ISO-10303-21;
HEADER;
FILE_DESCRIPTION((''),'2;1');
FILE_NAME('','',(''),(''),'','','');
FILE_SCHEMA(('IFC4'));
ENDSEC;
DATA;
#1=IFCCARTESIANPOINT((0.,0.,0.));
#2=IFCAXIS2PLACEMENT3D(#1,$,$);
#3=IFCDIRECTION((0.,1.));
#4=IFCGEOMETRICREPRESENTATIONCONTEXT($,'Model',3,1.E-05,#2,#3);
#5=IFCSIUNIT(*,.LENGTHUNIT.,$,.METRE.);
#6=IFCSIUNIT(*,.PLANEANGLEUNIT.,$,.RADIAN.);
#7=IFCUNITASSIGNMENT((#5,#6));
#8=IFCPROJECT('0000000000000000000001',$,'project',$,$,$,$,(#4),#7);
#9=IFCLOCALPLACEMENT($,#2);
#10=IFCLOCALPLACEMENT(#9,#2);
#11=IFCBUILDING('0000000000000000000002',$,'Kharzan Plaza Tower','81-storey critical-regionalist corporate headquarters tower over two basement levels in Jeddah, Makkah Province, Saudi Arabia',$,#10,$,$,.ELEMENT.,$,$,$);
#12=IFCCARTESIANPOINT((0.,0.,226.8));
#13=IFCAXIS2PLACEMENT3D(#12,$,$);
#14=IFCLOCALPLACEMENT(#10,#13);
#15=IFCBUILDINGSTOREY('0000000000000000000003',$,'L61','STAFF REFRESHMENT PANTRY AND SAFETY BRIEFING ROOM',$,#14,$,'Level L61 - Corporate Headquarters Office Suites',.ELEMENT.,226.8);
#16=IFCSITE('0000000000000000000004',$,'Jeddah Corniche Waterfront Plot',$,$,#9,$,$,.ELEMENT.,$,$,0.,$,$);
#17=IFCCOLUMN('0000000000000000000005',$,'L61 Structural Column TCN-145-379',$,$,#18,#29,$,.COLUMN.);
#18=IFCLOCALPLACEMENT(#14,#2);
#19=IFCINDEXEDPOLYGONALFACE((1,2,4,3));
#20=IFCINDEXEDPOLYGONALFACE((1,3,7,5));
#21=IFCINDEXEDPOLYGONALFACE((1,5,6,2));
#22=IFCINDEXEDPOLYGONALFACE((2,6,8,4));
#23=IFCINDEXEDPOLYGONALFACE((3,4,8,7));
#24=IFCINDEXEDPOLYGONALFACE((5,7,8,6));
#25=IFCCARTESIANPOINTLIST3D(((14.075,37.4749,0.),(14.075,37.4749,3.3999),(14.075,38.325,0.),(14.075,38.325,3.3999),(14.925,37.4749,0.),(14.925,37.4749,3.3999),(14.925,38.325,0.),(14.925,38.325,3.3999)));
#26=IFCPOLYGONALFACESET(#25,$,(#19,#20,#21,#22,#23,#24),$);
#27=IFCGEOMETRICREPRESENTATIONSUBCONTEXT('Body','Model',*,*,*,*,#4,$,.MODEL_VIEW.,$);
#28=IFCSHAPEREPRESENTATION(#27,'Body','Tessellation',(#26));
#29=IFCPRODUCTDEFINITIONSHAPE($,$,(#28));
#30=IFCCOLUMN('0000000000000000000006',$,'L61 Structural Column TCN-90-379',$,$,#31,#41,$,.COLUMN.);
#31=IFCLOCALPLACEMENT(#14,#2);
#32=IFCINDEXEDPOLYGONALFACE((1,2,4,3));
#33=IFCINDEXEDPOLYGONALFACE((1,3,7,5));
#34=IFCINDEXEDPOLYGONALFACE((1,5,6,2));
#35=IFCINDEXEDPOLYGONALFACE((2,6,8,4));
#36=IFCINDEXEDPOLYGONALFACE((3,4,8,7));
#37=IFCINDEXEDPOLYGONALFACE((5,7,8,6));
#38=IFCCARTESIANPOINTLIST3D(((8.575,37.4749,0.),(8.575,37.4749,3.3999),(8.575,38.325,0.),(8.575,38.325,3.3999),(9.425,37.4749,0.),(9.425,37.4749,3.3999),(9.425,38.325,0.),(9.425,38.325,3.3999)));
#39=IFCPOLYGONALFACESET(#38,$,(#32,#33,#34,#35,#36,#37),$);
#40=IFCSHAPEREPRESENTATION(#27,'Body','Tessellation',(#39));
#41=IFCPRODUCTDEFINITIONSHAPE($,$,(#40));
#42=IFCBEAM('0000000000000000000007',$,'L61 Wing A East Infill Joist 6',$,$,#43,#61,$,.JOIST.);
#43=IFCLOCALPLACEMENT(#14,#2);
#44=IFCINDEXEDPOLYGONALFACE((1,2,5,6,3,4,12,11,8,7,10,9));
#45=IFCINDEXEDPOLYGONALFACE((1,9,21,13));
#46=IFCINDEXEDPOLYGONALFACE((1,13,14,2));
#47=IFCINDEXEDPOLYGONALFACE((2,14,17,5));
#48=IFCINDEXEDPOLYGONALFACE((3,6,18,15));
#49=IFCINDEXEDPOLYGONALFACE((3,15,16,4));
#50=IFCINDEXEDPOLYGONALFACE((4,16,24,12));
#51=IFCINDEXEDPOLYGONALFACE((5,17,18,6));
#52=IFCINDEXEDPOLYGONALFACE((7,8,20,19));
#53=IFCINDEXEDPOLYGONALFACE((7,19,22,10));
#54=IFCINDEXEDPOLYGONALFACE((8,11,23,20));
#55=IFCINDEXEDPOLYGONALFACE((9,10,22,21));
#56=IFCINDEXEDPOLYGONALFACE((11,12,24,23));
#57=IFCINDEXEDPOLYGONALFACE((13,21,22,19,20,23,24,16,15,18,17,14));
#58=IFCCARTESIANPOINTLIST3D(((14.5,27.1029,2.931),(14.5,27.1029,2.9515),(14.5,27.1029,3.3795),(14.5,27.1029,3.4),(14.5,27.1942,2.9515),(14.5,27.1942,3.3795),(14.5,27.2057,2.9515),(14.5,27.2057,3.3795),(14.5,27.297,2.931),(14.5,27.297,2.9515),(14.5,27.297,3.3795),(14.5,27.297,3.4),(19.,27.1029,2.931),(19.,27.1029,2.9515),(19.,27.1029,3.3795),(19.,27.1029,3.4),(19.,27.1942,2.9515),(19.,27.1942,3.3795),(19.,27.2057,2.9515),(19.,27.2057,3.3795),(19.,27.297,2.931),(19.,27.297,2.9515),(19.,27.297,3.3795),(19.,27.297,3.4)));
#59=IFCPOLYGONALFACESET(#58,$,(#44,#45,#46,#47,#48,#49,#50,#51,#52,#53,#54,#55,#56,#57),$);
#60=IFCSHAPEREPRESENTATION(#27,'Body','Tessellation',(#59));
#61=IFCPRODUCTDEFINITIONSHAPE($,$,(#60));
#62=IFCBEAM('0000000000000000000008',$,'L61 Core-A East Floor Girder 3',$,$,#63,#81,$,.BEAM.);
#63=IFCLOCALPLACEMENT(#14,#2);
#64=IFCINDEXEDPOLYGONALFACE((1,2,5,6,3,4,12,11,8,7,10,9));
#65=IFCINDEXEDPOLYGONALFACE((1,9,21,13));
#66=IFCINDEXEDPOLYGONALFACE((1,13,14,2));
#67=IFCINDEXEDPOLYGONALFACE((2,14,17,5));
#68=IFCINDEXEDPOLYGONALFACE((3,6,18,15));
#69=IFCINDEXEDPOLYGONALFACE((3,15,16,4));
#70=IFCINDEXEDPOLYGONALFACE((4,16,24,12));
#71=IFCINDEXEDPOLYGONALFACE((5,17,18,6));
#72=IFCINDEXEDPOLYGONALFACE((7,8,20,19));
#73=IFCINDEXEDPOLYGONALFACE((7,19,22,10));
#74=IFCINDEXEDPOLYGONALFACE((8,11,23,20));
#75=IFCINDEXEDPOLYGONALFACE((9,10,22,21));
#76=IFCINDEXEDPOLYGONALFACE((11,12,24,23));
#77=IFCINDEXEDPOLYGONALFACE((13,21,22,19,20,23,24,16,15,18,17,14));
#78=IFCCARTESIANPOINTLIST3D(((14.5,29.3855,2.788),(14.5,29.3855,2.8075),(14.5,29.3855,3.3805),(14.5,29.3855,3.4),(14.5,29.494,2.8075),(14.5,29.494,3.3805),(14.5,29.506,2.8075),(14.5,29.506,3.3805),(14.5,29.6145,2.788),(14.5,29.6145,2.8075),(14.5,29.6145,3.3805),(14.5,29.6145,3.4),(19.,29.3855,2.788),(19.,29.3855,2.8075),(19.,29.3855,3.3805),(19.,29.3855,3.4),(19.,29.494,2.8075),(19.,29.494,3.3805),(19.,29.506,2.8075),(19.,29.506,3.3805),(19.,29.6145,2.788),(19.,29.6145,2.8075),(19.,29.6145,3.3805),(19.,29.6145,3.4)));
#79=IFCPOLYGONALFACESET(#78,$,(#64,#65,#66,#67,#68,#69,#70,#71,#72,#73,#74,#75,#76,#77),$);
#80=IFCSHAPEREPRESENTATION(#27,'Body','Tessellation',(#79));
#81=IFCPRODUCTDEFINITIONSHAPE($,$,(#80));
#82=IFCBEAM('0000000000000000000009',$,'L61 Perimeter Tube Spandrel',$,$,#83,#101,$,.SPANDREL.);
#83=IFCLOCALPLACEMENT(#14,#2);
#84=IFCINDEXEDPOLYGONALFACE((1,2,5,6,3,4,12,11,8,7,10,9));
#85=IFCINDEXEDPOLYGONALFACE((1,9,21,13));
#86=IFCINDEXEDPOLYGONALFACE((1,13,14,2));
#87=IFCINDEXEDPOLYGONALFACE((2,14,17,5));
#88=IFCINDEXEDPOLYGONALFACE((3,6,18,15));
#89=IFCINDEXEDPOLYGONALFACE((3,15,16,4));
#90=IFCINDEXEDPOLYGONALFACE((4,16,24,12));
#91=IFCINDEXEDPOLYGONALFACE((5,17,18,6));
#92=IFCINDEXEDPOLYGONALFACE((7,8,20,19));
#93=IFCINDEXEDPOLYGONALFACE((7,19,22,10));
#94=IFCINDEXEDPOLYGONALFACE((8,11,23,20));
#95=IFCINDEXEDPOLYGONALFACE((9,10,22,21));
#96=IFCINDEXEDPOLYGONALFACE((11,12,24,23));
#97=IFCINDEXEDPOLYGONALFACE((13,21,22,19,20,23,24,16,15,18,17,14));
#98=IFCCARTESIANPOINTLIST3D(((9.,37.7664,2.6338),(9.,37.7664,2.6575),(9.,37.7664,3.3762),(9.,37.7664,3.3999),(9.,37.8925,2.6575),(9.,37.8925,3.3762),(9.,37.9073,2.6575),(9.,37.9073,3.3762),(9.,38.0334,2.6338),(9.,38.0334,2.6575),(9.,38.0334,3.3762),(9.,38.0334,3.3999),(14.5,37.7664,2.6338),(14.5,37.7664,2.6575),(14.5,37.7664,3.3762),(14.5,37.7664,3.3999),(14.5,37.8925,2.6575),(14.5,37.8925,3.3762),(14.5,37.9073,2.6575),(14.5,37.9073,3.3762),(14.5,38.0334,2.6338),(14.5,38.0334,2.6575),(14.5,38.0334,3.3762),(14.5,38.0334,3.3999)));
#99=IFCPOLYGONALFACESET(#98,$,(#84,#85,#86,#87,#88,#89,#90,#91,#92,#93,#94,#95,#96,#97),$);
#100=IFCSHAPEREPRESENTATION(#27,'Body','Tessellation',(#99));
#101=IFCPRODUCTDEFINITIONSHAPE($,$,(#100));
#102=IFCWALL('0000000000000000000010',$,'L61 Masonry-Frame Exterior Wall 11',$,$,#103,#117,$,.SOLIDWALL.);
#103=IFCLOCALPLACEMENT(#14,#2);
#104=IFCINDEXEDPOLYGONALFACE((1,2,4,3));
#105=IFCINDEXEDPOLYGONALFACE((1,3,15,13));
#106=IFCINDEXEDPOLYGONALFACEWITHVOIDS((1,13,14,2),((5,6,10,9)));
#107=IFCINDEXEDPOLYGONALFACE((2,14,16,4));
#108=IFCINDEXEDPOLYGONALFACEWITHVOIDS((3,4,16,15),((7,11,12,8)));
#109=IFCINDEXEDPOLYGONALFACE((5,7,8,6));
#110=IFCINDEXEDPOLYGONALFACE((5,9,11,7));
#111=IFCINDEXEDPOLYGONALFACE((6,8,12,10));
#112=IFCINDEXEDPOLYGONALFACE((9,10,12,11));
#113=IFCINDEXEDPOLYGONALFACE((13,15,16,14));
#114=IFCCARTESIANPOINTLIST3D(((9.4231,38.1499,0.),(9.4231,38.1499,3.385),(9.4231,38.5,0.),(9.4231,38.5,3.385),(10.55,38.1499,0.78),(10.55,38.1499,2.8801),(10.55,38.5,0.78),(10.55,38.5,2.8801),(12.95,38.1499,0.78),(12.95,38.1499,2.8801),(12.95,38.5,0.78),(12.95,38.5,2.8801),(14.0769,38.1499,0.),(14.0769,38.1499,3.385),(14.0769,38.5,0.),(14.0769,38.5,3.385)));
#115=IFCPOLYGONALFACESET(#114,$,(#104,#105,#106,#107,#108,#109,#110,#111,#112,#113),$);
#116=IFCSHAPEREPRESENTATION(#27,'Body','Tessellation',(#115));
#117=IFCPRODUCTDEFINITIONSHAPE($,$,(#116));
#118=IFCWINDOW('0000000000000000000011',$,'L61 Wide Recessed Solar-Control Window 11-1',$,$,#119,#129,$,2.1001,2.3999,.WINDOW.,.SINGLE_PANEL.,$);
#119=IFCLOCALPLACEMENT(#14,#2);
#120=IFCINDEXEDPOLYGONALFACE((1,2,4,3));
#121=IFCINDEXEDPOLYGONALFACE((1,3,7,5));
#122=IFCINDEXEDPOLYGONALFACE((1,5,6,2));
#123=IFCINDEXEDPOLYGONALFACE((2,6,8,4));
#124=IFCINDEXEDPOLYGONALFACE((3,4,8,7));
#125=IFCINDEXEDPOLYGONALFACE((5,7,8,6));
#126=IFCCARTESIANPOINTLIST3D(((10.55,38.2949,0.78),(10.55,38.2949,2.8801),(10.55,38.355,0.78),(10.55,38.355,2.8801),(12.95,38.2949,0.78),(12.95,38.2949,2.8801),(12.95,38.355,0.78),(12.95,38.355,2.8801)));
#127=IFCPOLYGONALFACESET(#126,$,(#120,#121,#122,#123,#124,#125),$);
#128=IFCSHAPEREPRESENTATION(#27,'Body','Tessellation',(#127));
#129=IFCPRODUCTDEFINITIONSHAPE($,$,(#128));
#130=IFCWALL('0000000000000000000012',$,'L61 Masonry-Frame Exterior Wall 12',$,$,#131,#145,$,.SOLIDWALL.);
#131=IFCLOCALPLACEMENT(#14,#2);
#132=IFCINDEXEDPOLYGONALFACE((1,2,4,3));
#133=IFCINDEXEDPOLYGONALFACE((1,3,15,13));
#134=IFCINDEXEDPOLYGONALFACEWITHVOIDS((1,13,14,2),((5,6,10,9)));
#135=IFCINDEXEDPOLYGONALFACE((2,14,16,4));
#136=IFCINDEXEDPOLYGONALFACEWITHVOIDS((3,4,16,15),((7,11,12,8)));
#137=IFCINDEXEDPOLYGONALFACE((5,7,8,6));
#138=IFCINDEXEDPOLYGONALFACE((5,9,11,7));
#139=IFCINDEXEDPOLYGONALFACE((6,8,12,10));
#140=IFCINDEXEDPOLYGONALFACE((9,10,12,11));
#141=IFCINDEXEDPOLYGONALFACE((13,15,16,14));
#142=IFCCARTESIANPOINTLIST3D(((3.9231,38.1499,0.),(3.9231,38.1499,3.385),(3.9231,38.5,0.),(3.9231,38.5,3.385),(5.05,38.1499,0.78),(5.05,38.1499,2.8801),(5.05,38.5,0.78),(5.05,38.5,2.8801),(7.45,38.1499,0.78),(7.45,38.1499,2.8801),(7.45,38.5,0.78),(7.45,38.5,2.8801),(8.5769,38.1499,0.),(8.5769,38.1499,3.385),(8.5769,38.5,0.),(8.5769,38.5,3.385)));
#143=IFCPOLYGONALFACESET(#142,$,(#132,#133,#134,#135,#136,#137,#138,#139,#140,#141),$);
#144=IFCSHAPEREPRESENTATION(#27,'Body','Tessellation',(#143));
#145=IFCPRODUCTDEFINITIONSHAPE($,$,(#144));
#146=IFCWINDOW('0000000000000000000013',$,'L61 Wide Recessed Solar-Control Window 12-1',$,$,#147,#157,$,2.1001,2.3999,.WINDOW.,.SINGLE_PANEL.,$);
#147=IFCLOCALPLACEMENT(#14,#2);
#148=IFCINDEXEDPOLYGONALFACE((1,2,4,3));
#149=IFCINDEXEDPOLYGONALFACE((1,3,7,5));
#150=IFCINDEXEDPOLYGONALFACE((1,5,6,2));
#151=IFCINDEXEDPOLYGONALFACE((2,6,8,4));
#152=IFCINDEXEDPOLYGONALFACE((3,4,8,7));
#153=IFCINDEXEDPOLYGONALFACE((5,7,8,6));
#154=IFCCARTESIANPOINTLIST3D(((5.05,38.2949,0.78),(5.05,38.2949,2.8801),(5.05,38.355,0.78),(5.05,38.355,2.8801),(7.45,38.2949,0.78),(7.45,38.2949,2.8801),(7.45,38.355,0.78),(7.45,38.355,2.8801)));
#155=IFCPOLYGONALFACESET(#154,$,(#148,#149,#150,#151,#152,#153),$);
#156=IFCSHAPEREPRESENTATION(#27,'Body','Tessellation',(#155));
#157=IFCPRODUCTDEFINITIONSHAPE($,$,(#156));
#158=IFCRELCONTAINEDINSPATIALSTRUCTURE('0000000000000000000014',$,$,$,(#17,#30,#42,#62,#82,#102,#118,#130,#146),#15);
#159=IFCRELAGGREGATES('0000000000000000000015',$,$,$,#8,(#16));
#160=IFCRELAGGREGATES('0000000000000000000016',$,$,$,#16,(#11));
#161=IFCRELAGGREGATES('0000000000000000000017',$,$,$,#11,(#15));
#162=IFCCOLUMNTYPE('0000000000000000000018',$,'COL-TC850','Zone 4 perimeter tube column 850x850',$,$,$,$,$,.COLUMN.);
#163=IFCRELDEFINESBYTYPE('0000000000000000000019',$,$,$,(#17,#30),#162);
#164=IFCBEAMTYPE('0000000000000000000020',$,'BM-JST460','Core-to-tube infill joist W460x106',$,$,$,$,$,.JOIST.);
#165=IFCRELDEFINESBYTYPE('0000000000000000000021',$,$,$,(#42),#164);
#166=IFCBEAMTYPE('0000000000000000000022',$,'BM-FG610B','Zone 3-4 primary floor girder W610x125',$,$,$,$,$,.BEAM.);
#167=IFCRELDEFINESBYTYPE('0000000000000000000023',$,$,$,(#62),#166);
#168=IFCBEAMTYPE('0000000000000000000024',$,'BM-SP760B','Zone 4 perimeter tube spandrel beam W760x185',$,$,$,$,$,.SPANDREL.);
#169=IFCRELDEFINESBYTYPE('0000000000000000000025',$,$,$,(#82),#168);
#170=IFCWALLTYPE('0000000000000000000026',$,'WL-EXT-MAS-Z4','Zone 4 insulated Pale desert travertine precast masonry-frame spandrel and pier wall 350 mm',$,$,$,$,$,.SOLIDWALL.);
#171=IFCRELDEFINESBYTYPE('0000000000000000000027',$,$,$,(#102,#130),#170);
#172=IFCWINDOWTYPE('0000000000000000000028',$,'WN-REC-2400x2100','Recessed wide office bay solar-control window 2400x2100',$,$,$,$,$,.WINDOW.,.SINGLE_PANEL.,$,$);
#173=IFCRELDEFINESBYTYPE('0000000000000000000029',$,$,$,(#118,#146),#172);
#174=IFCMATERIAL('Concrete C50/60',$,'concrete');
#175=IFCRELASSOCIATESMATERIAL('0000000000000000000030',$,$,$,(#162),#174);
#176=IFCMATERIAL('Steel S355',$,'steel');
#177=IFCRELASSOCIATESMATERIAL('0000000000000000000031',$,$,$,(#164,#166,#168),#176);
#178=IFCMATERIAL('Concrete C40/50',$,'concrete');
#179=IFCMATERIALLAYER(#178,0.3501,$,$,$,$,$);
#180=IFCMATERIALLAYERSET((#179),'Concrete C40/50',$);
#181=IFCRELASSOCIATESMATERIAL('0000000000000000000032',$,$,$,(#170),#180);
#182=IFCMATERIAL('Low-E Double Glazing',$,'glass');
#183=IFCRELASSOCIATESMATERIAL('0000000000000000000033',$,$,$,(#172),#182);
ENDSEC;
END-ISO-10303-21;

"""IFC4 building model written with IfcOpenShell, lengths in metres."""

from ifc_helpers import new_model, si_unit, direction, frame, frame_2d, origin, origin_2d, place, context, subcontext, project, spatial, rectangle, i_section, extrude, source, transform, mapped, material, layer, layer_set, material_profile, profile_set, type_object, element, fill, save


model = new_model("IFC4")

# Units and contexts
model_context = context("Model", 3, precision=1e-05, world=origin(), true_north=direction((0.0, 1.0)))
body_context = subcontext(model_context, "Body", "Model", "MODEL_VIEW")
ifc_project = project(units=[si_unit("LENGTHUNIT", "METRE"), si_unit("PLANEANGLEUNIT", "RADIAN")], contexts=[model_context])

# Site, building, storey
site_placement = place(None, origin())
site = spatial("IfcSite", under=ifc_project, at=site_placement, Name="Jeddah Corniche Waterfront Plot", CompositionType="ELEMENT", RefElevation=0.0)
building_placement = place(site_placement, origin())
building = spatial("IfcBuilding", under=site, at=building_placement, Name="Kharzan Plaza Tower", Description="81-storey critical-regionalist corporate headquarters tower over two basement levels in Jeddah, Makkah Province, Saudi Arabia", CompositionType="ELEMENT")
storey_placement = place(building_placement, frame((0.0, 0.0, 226.8)))
storey = spatial("IfcBuildingStorey", under=building, at=storey_placement, Name="L61", Description="STAFF REFRESHMENT PANTRY AND SAFETY BRIEFING ROOM", LongName="Level L61 - Corporate Headquarters Office Suites", CompositionType="ELEMENT", Elevation=226.8)

# Columns
ifc_material_1 = material(Name="Concrete C50/60", Category="concrete")
ifc_material_profile_1 = material_profile(ifc_material_1, rectangle(XDim=0.8501, YDim=0.8501, at=origin_2d()), Name="RC-TC850x850")
ifc_profile_set_1 = profile_set([ifc_material_profile_1], Name="Concrete C50/60")
column_type = type_object("IfcColumnType", Name="COL-TC850", Description="Zone 4 perimeter tube column 850x850", PredefinedType="COLUMN", material=ifc_profile_set_1)
shared_shape_1 = source(origin(), body_context, "Body", "SweptSolid", [
    extrude(rectangle(XDim=0.8501, YDim=0.8501, at=origin_2d()), origin(), (0.0, 0.0, 1.0), 3.3999),
])
for number, where, z_axis, x_axis, name in (
    (1, (14.5, 37.8999, 0.0), (0.0, 0.0, 1.0), (1.0, 0.0, 0.0), "L61 Structural Column TCN-145-379"),
    (2, (9.0, 37.8999, 0.0), (0.0, 0.0, 1.0), (1.0, 0.0, 0.0), "L61 Structural Column TCN-90-379"),
):
    element("IfcColumn", number, at=place(storey_placement, frame(where, z_axis=z_axis, x_axis=x_axis)), inside=storey, type_object=column_type, Name=name, PredefinedType="COLUMN", context=body_context, shape_type="MappedRepresentation", body=[
        mapped(shared_shape_1, transform((0.0, 0.0, 0.0), x_axis=(1.0, 0.0, 0.0), y_axis=(0.0, 1.0, 0.0), z_axis=(0.0, 0.0, 1.0))),
    ])

# Beams
ifc_material_2 = material(Name="Steel S355", Category="steel")
ifc_material_profile_2 = material_profile(ifc_material_2, i_section(OverallWidth=0.1941, OverallDepth=0.469, WebThickness=0.0115, FlangeThickness=0.0205, at=origin_2d()), Name="W460x106")
ifc_profile_set_2 = profile_set([ifc_material_profile_2], Name="Steel S355")
beam_type_1 = type_object("IfcBeamType", Name="BM-JST460", Description="Core-to-tube infill joist W460x106", PredefinedType="JOIST", material=ifc_profile_set_2)
shared_shape_2 = source(origin(), body_context, "Body", "SweptSolid", [
    extrude(i_section(OverallWidth=0.1941, OverallDepth=0.469, WebThickness=0.0115, FlangeThickness=0.0205, at=origin_2d()), origin(), (0.0, 0.0, 1.0), 4.5),
])
beam_1_placement = place(storey_placement, frame((14.5, 27.2, 3.1655), z_axis=(1.0, 0.0, 0.0), x_axis=(0.0, 1.0, 0.0)))
element("IfcBeam", 3, at=beam_1_placement, inside=storey, type_object=beam_type_1, Name="L61 Wing A East Infill Joist 6", PredefinedType="JOIST", context=body_context, shape_type="MappedRepresentation", body=[
    mapped(shared_shape_2, transform((0.0, 0.0, 0.0), x_axis=(1.0, 0.0, 0.0), y_axis=(0.0, 1.0, 0.0), z_axis=(0.0, 0.0, 1.0))),
])
ifc_material_profile_3 = material_profile(ifc_material_2, i_section(OverallWidth=0.229, OverallDepth=0.6121, WebThickness=0.012, FlangeThickness=0.0195, at=origin_2d()), Name="W610x125")
ifc_profile_set_3 = profile_set([ifc_material_profile_3], Name="Steel S355")
beam_type_2 = type_object("IfcBeamType", Name="BM-FG610B", Description="Zone 3-4 primary floor girder W610x125", PredefinedType="BEAM", material=ifc_profile_set_3)
shared_shape_3 = source(origin(), body_context, "Body", "SweptSolid", [
    extrude(i_section(OverallWidth=0.229, OverallDepth=0.6121, WebThickness=0.012, FlangeThickness=0.0195, at=origin_2d()), origin(), (0.0, 0.0, 1.0), 4.5),
])
beam_2_placement = place(storey_placement, frame((14.5, 29.5, 3.094), z_axis=(1.0, 0.0, 0.0), x_axis=(0.0, 1.0, 0.0)))
element("IfcBeam", 4, at=beam_2_placement, inside=storey, type_object=beam_type_2, Name="L61 Core-A East Floor Girder 3", PredefinedType="BEAM", context=body_context, shape_type="MappedRepresentation", body=[
    mapped(shared_shape_3, transform((0.0, 0.0, 0.0), x_axis=(1.0, 0.0, 0.0), y_axis=(0.0, 1.0, 0.0), z_axis=(0.0, 0.0, 1.0))),
])
ifc_material_profile_4 = material_profile(ifc_material_2, i_section(OverallWidth=0.2671, OverallDepth=0.7661, WebThickness=0.0149, FlangeThickness=0.0237, at=origin_2d()), Name="W760x185")
ifc_profile_set_4 = profile_set([ifc_material_profile_4], Name="Steel S355")
beam_type_3 = type_object("IfcBeamType", Name="BM-SP760B", Description="Zone 4 perimeter tube spandrel beam W760x185", PredefinedType="SPANDREL", material=ifc_profile_set_4)
shared_shape_4 = source(origin(), body_context, "Body", "SweptSolid", [
    extrude(i_section(OverallWidth=0.2671, OverallDepth=0.7661, WebThickness=0.0149, FlangeThickness=0.0237, at=origin_2d()), origin(), (0.0, 0.0, 1.0), 5.5),
])
beam_3_placement = place(storey_placement, frame((9.0, 37.8999, 3.0168), z_axis=(1.0, 0.0, 0.0), x_axis=(0.0, 1.0, 0.0)))
element("IfcBeam", 5, at=beam_3_placement, inside=storey, type_object=beam_type_3, Name="L61 Perimeter Tube Spandrel", PredefinedType="SPANDREL", context=body_context, shape_type="MappedRepresentation", body=[
    mapped(shared_shape_4, transform((0.0, 0.0, 0.0), x_axis=(1.0, 0.0, 0.0), y_axis=(0.0, 1.0, 0.0), z_axis=(0.0, 0.0, 1.0))),
])

# Walls, openings, windows
ifc_material_3 = material(Name="Concrete C40/50", Category="concrete")
ifc_layer_1 = layer(ifc_material_3, 0.3501)
ifc_layer_set_1 = layer_set([ifc_layer_1], Name="Concrete C40/50")
wall_type_1 = type_object("IfcWallType", Name="WL-EXT-MAS-Z4", Description="Zone 4 insulated Pale desert travertine precast masonry-frame spandrel and pier wall 350 mm", PredefinedType="SOLIDWALL", material=ifc_layer_set_1)
wall_1_placement = place(storey_placement, frame((14.0769, 38.325, 0.0), z_axis=(0.0, 0.0, 1.0), x_axis=(-1.0, 0.0, 0.0)))
wall_1 = element("IfcWall", 6, at=wall_1_placement, inside=storey, type_object=wall_type_1, Name="L61 Masonry-Frame Exterior Wall 11", PredefinedType="SOLIDWALL", context=body_context, shape_type="SweptSolid", body=[
    extrude(rectangle(XDim=4.6538, YDim=0.3501, at=frame_2d((2.3269, 0.0))), origin(), (0.0, 0.0, 1.0), 3.385),
])
opening_1_placement = place(wall_1_placement, frame((1.127, 0.0, 0.78)))
opening_1 = element("IfcOpeningElement", 7, at=opening_1_placement, cuts=wall_1, PredefinedType="OPENING", context=body_context, shape_type="SweptSolid", body=[
    extrude(rectangle(XDim=2.3999, YDim=2.1001, at=frame_2d((1.2, 1.05))), frame((0.0, 0.1851, 0.0), z_axis=(0.0, -1.0, 0.0), x_axis=(1.0, 0.0, 0.0)), (0.0, 0.0, 1.0), 0.3701),
])
ifc_material_4 = material(Name="Low-E Double Glazing", Category="glass")
window_type = type_object("IfcWindowType", Name="WN-REC-2400x2100", Description="Recessed wide office bay solar-control window 2400x2100", PartitioningType="SINGLE_PANEL", PredefinedType="WINDOW", material=ifc_material_4)
shared_shape_5 = source(origin(), body_context, "Body", "SweptSolid", [
    extrude(rectangle(XDim=2.3999, YDim=2.1001, at=frame_2d((1.2, 1.05))), frame((0.0, 0.03, 0.0), z_axis=(0.0, -1.0, 0.0), x_axis=(1.0, 0.0, 0.0)), (0.0, 0.0, 1.0), 0.0601),
])
window_1_placement = place(opening_1_placement, origin())
window_1 = element("IfcWindow", 8, at=window_1_placement, inside=storey, type_object=window_type, Name="L61 Wide Recessed Solar-Control Window 11-1", OverallHeight=2.1001, OverallWidth=2.3999, PartitioningType="SINGLE_PANEL", PredefinedType="WINDOW", context=body_context, shape_type="MappedRepresentation", body=[
    mapped(shared_shape_5, transform((0.0, 0.0, 0.0), x_axis=(1.0, 0.0, 0.0), y_axis=(0.0, 1.0, 0.0), z_axis=(0.0, 0.0, 1.0))),
])
fill(opening_1, window_1)
wall_2_placement = place(storey_placement, frame((8.5769, 38.325, 0.0), z_axis=(0.0, 0.0, 1.0), x_axis=(-1.0, 0.0, 0.0)))
wall_2 = element("IfcWall", 9, at=wall_2_placement, inside=storey, type_object=wall_type_1, Name="L61 Masonry-Frame Exterior Wall 12", PredefinedType="SOLIDWALL", context=body_context, shape_type="SweptSolid", body=[
    extrude(rectangle(XDim=4.6538, YDim=0.3501, at=frame_2d((2.3269, 0.0))), origin(), (0.0, 0.0, 1.0), 3.385),
])
opening_2_placement = place(wall_2_placement, frame((1.127, 0.0, 0.78)))
opening_2 = element("IfcOpeningElement", 10, at=opening_2_placement, cuts=wall_2, PredefinedType="OPENING", context=body_context, shape_type="SweptSolid", body=[
    extrude(rectangle(XDim=2.3999, YDim=2.1001, at=frame_2d((1.2, 1.05))), frame((0.0, 0.1851, 0.0), z_axis=(0.0, -1.0, 0.0), x_axis=(1.0, 0.0, 0.0)), (0.0, 0.0, 1.0), 0.3701),
])
window_2_placement = place(opening_2_placement, origin())
window_2 = element("IfcWindow", 11, at=window_2_placement, inside=storey, type_object=window_type, Name="L61 Wide Recessed Solar-Control Window 12-1", OverallHeight=2.1001, OverallWidth=2.3999, PartitioningType="SINGLE_PANEL", PredefinedType="WINDOW", context=body_context, shape_type="MappedRepresentation", body=[
    mapped(shared_shape_5, transform((0.0, 0.0, 0.0), x_axis=(1.0, 0.0, 0.0), y_axis=(0.0, 1.0, 0.0), z_axis=(0.0, 0.0, 1.0))),
])
fill(opening_2, window_2)

save(model, "model.ifc")
